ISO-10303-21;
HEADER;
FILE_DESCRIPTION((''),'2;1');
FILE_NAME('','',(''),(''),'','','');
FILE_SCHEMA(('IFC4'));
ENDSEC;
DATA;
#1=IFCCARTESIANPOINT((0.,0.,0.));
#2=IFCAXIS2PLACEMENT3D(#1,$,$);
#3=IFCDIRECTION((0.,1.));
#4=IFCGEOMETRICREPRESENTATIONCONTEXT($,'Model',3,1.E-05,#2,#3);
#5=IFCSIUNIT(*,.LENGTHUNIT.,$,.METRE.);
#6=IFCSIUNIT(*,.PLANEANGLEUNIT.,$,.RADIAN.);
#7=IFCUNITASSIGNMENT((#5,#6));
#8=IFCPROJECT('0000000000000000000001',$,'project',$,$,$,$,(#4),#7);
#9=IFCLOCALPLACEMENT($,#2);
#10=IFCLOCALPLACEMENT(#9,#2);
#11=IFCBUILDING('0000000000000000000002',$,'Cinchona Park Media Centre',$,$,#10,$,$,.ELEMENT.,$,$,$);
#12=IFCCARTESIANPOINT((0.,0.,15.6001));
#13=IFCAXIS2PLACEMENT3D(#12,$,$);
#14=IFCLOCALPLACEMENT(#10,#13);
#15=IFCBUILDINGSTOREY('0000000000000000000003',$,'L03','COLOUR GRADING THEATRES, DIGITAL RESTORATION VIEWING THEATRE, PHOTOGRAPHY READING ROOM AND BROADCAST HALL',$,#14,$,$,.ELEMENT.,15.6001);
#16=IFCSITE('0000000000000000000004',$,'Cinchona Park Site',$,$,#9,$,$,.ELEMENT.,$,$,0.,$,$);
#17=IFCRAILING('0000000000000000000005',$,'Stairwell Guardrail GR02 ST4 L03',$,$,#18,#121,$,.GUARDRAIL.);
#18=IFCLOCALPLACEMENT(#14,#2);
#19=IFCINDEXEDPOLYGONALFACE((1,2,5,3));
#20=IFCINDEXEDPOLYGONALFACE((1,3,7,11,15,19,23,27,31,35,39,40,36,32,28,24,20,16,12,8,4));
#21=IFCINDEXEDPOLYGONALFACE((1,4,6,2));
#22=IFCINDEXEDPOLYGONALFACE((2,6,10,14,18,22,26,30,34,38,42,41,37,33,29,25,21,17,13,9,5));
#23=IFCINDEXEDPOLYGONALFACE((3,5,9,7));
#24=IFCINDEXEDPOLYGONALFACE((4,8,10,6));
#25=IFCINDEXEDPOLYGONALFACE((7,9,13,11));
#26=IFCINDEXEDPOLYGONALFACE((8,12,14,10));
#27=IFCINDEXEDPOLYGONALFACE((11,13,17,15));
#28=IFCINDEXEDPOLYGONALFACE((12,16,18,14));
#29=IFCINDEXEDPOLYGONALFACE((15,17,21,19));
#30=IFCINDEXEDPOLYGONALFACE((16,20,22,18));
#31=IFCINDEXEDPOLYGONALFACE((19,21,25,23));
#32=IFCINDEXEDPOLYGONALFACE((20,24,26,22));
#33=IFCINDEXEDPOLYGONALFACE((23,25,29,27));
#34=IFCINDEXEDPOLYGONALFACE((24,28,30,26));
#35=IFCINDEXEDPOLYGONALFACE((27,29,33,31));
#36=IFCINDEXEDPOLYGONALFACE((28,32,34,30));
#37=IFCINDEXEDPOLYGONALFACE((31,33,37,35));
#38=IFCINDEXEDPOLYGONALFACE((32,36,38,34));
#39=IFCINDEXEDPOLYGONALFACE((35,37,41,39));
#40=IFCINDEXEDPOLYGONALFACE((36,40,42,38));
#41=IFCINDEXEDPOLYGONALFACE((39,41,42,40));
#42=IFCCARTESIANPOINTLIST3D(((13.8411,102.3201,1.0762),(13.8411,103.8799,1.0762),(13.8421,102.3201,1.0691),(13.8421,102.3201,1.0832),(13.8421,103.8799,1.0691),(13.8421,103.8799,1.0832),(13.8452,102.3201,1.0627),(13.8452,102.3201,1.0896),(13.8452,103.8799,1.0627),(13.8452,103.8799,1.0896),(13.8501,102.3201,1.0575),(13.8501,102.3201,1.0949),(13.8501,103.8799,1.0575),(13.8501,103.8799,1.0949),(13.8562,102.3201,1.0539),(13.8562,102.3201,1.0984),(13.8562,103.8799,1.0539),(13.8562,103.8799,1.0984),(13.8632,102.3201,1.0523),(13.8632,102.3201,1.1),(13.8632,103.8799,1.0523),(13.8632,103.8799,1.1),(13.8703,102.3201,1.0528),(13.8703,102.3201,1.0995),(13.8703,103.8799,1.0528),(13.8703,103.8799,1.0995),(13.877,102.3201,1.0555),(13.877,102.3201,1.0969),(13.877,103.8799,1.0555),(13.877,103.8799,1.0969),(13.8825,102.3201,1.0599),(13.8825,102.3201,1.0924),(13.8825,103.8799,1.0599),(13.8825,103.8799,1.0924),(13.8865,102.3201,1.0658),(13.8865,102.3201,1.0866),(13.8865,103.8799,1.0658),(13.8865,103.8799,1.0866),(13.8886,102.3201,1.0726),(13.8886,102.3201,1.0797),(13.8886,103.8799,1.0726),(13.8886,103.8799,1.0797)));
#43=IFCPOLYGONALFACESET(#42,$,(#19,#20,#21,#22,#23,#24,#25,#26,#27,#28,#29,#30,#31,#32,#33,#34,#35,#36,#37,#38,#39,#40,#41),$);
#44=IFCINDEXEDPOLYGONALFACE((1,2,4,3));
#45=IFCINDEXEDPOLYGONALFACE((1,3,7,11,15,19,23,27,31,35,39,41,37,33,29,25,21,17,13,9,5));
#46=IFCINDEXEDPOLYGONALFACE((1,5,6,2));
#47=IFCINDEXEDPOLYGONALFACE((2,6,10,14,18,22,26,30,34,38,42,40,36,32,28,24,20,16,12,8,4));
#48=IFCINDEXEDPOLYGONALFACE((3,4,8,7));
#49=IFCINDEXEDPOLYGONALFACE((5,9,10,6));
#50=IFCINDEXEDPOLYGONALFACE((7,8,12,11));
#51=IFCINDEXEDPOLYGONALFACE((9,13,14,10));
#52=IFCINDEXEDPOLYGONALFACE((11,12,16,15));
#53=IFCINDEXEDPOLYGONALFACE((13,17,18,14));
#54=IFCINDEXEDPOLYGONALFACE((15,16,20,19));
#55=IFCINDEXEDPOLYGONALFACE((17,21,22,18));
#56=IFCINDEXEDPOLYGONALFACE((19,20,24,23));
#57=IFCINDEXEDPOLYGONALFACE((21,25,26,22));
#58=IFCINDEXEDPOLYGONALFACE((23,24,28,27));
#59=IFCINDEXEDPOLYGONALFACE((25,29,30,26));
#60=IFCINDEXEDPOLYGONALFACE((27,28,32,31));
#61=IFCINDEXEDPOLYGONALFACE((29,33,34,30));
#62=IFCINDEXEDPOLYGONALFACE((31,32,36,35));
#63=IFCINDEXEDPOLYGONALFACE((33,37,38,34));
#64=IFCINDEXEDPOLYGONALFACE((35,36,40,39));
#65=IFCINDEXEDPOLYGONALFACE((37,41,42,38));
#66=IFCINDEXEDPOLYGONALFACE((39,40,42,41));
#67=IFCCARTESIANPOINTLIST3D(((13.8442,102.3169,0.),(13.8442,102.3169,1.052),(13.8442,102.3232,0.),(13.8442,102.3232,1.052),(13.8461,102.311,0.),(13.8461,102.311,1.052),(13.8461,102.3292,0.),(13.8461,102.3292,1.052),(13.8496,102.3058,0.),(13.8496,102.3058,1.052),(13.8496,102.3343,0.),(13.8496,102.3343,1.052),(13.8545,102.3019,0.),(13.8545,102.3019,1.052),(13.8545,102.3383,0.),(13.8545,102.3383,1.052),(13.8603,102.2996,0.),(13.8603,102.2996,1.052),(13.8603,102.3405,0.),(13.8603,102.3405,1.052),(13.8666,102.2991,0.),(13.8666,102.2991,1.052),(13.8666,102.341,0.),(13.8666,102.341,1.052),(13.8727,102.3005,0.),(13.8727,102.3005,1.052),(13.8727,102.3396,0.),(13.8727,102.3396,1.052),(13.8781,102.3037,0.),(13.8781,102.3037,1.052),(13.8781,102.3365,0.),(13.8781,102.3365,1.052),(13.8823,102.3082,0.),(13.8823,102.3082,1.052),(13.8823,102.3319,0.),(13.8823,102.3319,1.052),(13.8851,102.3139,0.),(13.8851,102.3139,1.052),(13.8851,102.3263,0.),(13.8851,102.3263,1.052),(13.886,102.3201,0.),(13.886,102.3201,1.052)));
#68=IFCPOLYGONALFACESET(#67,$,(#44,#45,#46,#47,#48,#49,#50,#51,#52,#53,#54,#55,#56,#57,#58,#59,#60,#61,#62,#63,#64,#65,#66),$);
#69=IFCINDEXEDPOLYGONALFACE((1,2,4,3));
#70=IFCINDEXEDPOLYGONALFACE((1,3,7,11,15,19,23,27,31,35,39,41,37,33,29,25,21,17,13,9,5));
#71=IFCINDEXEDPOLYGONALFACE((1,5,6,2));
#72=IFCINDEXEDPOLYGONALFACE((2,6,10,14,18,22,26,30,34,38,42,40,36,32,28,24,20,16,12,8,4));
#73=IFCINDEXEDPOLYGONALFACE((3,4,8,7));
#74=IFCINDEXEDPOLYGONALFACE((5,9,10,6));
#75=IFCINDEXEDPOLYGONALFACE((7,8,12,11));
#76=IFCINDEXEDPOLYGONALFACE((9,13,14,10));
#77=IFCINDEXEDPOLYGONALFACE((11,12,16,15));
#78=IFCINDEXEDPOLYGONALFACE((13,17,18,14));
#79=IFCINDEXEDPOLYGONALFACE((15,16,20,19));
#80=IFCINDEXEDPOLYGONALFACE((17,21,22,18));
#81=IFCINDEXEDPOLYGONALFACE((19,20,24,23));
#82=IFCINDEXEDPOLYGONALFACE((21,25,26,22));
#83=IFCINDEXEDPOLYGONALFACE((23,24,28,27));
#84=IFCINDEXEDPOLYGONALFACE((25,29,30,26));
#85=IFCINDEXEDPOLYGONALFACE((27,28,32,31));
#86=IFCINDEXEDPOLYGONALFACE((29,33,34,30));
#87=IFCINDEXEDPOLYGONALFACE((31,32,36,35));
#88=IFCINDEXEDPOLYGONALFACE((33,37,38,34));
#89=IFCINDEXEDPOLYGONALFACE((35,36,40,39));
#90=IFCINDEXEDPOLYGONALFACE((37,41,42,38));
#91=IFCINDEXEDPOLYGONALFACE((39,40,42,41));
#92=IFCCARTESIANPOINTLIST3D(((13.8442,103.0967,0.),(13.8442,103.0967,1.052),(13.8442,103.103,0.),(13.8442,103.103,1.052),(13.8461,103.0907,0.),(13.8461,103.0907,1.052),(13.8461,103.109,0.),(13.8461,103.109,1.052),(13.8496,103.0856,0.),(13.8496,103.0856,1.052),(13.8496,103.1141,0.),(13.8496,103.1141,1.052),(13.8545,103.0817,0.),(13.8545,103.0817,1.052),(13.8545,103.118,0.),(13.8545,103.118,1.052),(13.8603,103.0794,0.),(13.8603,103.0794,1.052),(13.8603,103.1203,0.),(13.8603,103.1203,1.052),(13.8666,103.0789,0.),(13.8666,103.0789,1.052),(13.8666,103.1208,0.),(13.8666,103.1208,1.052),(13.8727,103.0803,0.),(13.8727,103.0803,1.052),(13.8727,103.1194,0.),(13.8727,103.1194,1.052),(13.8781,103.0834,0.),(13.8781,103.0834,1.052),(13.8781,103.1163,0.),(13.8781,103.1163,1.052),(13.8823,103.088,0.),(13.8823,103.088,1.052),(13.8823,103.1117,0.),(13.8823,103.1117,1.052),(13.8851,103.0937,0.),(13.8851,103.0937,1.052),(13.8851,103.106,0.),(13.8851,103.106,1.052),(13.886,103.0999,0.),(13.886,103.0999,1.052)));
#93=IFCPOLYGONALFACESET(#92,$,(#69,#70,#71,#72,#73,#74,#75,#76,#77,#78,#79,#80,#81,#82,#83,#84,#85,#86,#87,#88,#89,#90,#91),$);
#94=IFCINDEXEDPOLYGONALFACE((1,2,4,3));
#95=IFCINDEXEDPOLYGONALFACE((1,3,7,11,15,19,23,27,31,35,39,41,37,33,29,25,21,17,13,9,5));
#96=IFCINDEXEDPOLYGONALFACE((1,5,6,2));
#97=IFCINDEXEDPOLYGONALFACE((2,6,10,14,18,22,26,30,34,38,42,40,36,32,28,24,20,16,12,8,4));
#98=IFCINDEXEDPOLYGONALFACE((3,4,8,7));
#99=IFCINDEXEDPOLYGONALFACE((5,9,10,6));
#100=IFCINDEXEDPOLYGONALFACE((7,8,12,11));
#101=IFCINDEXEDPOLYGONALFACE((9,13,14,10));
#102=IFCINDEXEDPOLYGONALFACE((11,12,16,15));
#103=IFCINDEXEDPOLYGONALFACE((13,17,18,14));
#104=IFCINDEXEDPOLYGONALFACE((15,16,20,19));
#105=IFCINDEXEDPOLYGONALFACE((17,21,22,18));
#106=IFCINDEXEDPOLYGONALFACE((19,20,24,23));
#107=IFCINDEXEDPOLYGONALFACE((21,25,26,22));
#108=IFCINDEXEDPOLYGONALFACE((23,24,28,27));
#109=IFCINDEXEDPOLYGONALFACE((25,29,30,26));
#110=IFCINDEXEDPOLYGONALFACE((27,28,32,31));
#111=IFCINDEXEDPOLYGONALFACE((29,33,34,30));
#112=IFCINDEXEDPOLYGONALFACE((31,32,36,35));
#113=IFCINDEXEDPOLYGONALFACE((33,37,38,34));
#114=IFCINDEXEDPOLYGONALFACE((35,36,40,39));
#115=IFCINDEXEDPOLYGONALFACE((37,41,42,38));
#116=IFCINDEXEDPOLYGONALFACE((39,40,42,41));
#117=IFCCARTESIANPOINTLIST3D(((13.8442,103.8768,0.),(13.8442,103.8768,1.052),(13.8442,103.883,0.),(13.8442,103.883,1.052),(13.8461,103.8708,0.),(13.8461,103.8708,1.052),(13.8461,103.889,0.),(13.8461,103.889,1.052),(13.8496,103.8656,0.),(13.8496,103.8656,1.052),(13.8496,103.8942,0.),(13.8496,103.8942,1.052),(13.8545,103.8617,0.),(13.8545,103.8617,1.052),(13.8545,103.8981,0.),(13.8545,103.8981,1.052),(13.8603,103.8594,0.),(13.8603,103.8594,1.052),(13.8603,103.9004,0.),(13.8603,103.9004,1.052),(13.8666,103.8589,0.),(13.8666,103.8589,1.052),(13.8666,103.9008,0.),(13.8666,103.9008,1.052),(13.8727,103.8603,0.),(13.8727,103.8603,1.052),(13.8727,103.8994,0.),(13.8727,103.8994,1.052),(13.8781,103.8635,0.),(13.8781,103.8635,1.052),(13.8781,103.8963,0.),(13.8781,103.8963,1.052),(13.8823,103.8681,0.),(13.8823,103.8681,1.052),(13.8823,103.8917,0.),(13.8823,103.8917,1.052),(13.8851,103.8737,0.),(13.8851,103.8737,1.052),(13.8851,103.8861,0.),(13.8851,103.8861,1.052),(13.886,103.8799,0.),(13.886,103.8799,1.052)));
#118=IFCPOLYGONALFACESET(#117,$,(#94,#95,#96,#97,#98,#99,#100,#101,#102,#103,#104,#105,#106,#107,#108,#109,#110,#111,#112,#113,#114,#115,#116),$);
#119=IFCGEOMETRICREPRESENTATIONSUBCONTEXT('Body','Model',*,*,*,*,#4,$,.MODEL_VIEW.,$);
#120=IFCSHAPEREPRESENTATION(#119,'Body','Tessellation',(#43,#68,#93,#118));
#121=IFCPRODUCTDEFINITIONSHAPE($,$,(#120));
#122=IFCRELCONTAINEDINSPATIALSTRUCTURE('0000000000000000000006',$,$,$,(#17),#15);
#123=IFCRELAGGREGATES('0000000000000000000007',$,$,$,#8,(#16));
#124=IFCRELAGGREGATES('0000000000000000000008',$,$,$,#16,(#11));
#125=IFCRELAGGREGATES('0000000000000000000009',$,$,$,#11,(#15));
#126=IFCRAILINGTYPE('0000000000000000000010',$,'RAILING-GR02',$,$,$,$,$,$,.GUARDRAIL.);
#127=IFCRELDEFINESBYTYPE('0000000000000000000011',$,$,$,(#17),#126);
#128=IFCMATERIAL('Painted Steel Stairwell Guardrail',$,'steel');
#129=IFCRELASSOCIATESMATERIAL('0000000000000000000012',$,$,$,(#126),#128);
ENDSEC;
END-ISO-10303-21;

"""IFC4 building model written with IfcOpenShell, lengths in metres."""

from ifc_helpers import new_model, si_unit, direction, frame, origin, origin_2d, place, context, subcontext, project, spatial, circle, extrude, material, type_object, element, save


model = new_model("IFC4")

# Units and contexts
model_context = context("Model", 3, precision=1e-05, world=origin(), true_north=direction((0.0, 1.0)))
body_context = subcontext(model_context, "Body", "Model", "MODEL_VIEW")
ifc_project = project(units=[si_unit("LENGTHUNIT", "METRE"), si_unit("PLANEANGLEUNIT", "RADIAN")], contexts=[model_context])

# Site, building, storey
site_placement = place(None, origin())
site = spatial("IfcSite", under=ifc_project, at=site_placement, Name="Cinchona Park Site", CompositionType="ELEMENT", RefElevation=0.0)
building_placement = place(site_placement, origin())
building = spatial("IfcBuilding", under=site, at=building_placement, Name="Cinchona Park Media Centre", CompositionType="ELEMENT")
storey_placement = place(building_placement, frame((0.0, 0.0, 15.6001)))
storey = spatial("IfcBuildingStorey", under=building, at=storey_placement, Name="L03", Description="COLOUR GRADING THEATRES, DIGITAL RESTORATION VIEWING THEATRE, PHOTOGRAPHY READING ROOM AND BROADCAST HALL", CompositionType="ELEMENT", Elevation=15.6001)

# Railing
ifc_material_1 = material(Name="Painted Steel Stairwell Guardrail", Category="steel")
railing_type = type_object("IfcRailingType", Name="RAILING-GR02", PredefinedType="GUARDRAIL", material=ifc_material_1)
railing_placement = place(storey_placement, frame((13.865, 102.3201, 0.0)))
element("IfcRailing", 1, at=railing_placement, inside=storey, type_object=railing_type, Name="Stairwell Guardrail GR02 ST4 L03", PredefinedType="GUARDRAIL", context=body_context, shape_type="SweptSolid", body=[
    extrude(circle(Radius=0.0239, at=origin_2d()), frame((0.0, 0.0, 1.0762), z_axis=(0.0, 1.0, 0.0), x_axis=(-1.0, 0.0, 0.0)), (0.0, 0.0, 1.0), 1.5598),
    extrude(circle(Radius=0.021, at=origin_2d()), origin(), (0.0, 0.0, 1.0), 1.052),
    extrude(circle(Radius=0.021, at=origin_2d()), frame((0.0, 0.7798, 0.0)), (0.0, 0.0, 1.0), 1.052),
    extrude(circle(Radius=0.021, at=origin_2d()), frame((0.0, 1.5598, 0.0)), (0.0, 0.0, 1.0), 1.052),
])

save(model, "model.ifc")
